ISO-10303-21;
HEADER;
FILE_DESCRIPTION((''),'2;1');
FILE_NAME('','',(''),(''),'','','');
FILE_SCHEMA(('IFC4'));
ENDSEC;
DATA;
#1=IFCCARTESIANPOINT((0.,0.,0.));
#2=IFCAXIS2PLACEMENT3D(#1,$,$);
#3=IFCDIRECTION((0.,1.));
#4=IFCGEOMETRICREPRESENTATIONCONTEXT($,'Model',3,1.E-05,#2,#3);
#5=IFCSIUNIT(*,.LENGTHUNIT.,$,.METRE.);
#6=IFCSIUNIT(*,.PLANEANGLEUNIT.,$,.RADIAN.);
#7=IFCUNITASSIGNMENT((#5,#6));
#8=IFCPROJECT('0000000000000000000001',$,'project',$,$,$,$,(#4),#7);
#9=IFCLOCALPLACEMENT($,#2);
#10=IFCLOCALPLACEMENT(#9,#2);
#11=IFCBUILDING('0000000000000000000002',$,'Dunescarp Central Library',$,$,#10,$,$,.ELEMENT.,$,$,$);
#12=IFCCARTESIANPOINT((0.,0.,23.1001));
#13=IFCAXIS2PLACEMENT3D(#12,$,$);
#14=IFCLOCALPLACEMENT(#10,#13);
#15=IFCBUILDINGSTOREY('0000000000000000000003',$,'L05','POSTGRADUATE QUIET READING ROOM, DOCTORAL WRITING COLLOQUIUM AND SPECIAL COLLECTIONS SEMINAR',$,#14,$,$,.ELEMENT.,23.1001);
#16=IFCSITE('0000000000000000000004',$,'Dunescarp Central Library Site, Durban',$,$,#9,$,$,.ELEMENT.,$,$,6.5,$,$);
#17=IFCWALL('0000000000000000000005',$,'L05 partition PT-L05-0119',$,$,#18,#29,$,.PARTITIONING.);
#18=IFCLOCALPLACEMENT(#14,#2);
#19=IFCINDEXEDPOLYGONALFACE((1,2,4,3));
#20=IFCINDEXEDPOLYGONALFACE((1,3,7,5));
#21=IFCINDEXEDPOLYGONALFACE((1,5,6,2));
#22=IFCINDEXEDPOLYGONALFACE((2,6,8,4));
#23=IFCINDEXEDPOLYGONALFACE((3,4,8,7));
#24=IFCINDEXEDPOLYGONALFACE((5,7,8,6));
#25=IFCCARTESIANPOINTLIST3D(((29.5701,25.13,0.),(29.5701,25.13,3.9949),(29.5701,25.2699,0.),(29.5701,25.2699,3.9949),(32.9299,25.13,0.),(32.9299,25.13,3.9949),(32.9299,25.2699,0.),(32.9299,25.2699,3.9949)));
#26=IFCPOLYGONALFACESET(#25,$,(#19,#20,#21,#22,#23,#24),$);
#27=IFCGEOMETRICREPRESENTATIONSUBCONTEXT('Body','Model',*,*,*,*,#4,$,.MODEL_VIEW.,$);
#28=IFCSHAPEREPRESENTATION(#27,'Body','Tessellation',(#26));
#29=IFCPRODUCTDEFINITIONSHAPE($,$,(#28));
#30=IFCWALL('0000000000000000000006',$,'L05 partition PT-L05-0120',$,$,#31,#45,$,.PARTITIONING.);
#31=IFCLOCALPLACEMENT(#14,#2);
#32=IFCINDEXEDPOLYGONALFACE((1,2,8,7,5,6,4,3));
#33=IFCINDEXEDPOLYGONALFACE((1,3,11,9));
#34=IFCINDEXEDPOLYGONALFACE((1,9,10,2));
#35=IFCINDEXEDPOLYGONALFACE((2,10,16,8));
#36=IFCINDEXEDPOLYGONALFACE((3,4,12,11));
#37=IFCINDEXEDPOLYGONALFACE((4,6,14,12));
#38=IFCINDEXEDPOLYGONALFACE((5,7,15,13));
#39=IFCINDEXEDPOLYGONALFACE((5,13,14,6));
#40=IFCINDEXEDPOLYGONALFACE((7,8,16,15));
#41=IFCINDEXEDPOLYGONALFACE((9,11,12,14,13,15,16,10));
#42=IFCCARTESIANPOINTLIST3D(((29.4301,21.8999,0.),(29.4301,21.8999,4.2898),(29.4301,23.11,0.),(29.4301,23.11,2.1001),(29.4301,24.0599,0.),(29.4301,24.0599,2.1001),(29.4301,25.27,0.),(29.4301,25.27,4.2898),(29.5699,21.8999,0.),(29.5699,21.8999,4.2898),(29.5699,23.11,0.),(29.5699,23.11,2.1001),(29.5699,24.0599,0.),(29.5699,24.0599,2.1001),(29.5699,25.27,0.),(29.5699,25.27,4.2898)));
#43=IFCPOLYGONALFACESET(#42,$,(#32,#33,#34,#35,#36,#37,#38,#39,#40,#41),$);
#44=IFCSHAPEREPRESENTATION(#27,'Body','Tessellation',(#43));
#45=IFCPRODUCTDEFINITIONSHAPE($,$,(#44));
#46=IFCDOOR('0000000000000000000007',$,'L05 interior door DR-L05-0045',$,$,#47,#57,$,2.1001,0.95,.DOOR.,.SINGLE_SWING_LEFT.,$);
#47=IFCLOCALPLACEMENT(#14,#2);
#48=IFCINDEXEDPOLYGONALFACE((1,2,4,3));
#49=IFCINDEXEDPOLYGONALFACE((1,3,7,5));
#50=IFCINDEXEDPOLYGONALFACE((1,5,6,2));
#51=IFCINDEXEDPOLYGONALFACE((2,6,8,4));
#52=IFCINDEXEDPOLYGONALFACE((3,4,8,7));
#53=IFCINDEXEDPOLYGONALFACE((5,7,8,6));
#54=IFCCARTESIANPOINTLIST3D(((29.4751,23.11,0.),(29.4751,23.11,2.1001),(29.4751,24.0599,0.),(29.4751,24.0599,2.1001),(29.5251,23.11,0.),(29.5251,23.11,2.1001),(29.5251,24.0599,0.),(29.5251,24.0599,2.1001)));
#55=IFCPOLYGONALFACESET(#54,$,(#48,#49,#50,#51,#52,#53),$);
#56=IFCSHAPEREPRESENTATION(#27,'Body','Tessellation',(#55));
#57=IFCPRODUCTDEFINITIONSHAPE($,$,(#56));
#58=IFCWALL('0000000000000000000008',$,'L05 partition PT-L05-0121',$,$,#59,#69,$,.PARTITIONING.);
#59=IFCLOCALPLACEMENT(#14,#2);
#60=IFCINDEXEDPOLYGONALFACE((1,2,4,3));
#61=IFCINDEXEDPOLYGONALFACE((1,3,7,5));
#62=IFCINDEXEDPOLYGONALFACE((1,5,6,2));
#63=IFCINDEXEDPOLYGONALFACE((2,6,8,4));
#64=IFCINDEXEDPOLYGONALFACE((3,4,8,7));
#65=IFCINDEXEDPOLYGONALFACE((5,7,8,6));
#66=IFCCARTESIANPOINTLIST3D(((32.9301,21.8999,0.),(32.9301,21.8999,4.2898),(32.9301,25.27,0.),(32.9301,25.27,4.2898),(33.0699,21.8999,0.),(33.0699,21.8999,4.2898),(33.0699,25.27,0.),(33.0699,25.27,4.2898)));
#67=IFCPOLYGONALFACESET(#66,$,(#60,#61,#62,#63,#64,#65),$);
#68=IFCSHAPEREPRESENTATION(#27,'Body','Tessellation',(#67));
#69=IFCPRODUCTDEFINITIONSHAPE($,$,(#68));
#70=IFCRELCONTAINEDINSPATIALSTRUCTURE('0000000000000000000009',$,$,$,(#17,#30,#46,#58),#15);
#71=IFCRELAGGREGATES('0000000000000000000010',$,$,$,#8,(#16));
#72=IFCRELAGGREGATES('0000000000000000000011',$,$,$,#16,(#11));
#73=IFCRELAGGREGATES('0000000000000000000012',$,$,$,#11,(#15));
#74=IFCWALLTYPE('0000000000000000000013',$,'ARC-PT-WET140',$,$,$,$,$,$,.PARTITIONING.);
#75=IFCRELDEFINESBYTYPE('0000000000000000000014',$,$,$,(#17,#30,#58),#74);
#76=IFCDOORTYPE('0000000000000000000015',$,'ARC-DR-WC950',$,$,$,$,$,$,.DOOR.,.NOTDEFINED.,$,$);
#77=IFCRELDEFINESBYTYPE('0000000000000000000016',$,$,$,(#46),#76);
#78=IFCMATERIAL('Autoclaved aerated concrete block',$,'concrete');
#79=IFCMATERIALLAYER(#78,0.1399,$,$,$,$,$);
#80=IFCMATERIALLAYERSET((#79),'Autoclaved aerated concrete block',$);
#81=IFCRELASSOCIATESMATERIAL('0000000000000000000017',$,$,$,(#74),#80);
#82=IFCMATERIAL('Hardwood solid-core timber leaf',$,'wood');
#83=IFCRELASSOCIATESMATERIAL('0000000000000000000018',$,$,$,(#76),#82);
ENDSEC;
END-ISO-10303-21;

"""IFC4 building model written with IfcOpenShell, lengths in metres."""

from ifc_helpers import new_model, si_unit, direction, frame, frame_2d, origin, place, context, subcontext, project, spatial, rectangle, extrude, material, layer, layer_set, type_object, element, fill, save


model = new_model("IFC4")

# Units and contexts
model_context = context("Model", 3, precision=1e-05, world=origin(), true_north=direction((0.0, 1.0)))
body_context = subcontext(model_context, "Body", "Model", "MODEL_VIEW")
ifc_project = project(units=[si_unit("LENGTHUNIT", "METRE"), si_unit("PLANEANGLEUNIT", "RADIAN")], contexts=[model_context])

# Site, building, storey
site_placement = place(None, origin())
site = spatial("IfcSite", under=ifc_project, at=site_placement, Name="Dunescarp Central Library Site, Durban", CompositionType="ELEMENT", RefElevation=6.5)
building_placement = place(site_placement, origin())
building = spatial("IfcBuilding", under=site, at=building_placement, Name="Dunescarp Central Library", CompositionType="ELEMENT")
storey_placement = place(building_placement, frame((0.0, 0.0, 23.1001)))
storey = spatial("IfcBuildingStorey", under=building, at=storey_placement, Name="L05", Description="POSTGRADUATE QUIET READING ROOM, DOCTORAL WRITING COLLOQUIUM AND SPECIAL COLLECTIONS SEMINAR", CompositionType="ELEMENT", Elevation=23.1001)

# Shared definitions
ifc_material_1 = material(Name="Hardwood solid-core timber leaf", Category="wood")

# Shared definitions
ifc_material_2 = material(Name="Autoclaved aerated concrete block", Category="concrete")
ifc_layer_1 = layer(ifc_material_2, 0.1399)
ifc_layer_set_1 = layer_set([ifc_layer_1], Name="Autoclaved aerated concrete block")
wall_type_1 = type_object("IfcWallType", Name="ARC-PT-WET140", PredefinedType="PARTITIONING", material=ifc_layer_set_1)

# Shared definitions
door_type_1 = type_object("IfcDoorType", Name="ARC-DR-WC950", OperationType="NOTDEFINED", PredefinedType="DOOR", material=ifc_material_1)

# Wall
wall_1_placement = place(storey_placement, frame((29.5701, 25.2, 0.0), z_axis=(0.0, 0.0, 1.0), x_axis=(1.0, 0.0, 0.0)))
element("IfcWall", 1, at=wall_1_placement, inside=storey, type_object=wall_type_1, Name="L05 partition PT-L05-0119", PredefinedType="PARTITIONING", context=body_context, shape_type="SweptSolid", body=[
    extrude(rectangle(XDim=3.3599, YDim=0.1399, at=frame_2d((1.6799, 0.0))), origin(), (0.0, 0.0, 1.0), 3.9949),
])

# Wall, opening, door
wall_2_placement = place(storey_placement, frame((29.5, 21.8999, 0.0), z_axis=(0.0, 0.0, 1.0), x_axis=(0.0, 1.0, 0.0)))
wall_2 = element("IfcWall", 2, at=wall_2_placement, inside=storey, type_object=wall_type_1, Name="L05 partition PT-L05-0120", PredefinedType="PARTITIONING", context=body_context, shape_type="SweptSolid", body=[
    extrude(rectangle(XDim=3.3701, YDim=0.1399, at=frame_2d((1.6851, 0.0))), origin(), (0.0, 0.0, 1.0), 4.2898),
])
opening_1_placement = place(wall_2_placement, frame((1.21, 0.0, 0.0)))
opening_1 = element("IfcOpeningElement", 3, at=opening_1_placement, cuts=wall_2, PredefinedType="OPENING", context=body_context, shape_type="SweptSolid", body=[
    extrude(rectangle(XDim=0.95, YDim=2.1001, at=frame_2d((0.4751, 1.05))), frame((0.0, 0.0801, 0.0), z_axis=(0.0, -1.0, 0.0), x_axis=(1.0, 0.0, 0.0)), (0.0, 0.0, 1.0), 0.1599),
])
door_1_placement = place(opening_1_placement, origin())
door_1 = element("IfcDoor", 4, at=door_1_placement, inside=storey, type_object=door_type_1, Name="L05 interior door DR-L05-0045", OperationType="SINGLE_SWING_LEFT", OverallHeight=2.1001, OverallWidth=0.95, PredefinedType="DOOR", context=body_context, shape_type="SweptSolid", body=[
    extrude(rectangle(XDim=0.95, YDim=2.1001, at=frame_2d((0.4751, 1.05))), frame((0.0, 0.0249, 0.0), z_axis=(0.0, -1.0, 0.0), x_axis=(1.0, 0.0, 0.0)), (0.0, 0.0, 1.0), 0.05),
])
fill(opening_1, door_1)

# Wall
wall_3_placement = place(storey_placement, frame((33.0, 21.8999, 0.0), z_axis=(0.0, 0.0, 1.0), x_axis=(0.0, 1.0, 0.0)))
element("IfcWall", 5, at=wall_3_placement, inside=storey, type_object=wall_type_1, Name="L05 partition PT-L05-0121", PredefinedType="PARTITIONING", context=body_context, shape_type="SweptSolid", body=[
    extrude(rectangle(XDim=3.3701, YDim=0.1399, at=frame_2d((1.6851, 0.0))), origin(), (0.0, 0.0, 1.0), 4.2898),
])

save(model, "model.ifc")
